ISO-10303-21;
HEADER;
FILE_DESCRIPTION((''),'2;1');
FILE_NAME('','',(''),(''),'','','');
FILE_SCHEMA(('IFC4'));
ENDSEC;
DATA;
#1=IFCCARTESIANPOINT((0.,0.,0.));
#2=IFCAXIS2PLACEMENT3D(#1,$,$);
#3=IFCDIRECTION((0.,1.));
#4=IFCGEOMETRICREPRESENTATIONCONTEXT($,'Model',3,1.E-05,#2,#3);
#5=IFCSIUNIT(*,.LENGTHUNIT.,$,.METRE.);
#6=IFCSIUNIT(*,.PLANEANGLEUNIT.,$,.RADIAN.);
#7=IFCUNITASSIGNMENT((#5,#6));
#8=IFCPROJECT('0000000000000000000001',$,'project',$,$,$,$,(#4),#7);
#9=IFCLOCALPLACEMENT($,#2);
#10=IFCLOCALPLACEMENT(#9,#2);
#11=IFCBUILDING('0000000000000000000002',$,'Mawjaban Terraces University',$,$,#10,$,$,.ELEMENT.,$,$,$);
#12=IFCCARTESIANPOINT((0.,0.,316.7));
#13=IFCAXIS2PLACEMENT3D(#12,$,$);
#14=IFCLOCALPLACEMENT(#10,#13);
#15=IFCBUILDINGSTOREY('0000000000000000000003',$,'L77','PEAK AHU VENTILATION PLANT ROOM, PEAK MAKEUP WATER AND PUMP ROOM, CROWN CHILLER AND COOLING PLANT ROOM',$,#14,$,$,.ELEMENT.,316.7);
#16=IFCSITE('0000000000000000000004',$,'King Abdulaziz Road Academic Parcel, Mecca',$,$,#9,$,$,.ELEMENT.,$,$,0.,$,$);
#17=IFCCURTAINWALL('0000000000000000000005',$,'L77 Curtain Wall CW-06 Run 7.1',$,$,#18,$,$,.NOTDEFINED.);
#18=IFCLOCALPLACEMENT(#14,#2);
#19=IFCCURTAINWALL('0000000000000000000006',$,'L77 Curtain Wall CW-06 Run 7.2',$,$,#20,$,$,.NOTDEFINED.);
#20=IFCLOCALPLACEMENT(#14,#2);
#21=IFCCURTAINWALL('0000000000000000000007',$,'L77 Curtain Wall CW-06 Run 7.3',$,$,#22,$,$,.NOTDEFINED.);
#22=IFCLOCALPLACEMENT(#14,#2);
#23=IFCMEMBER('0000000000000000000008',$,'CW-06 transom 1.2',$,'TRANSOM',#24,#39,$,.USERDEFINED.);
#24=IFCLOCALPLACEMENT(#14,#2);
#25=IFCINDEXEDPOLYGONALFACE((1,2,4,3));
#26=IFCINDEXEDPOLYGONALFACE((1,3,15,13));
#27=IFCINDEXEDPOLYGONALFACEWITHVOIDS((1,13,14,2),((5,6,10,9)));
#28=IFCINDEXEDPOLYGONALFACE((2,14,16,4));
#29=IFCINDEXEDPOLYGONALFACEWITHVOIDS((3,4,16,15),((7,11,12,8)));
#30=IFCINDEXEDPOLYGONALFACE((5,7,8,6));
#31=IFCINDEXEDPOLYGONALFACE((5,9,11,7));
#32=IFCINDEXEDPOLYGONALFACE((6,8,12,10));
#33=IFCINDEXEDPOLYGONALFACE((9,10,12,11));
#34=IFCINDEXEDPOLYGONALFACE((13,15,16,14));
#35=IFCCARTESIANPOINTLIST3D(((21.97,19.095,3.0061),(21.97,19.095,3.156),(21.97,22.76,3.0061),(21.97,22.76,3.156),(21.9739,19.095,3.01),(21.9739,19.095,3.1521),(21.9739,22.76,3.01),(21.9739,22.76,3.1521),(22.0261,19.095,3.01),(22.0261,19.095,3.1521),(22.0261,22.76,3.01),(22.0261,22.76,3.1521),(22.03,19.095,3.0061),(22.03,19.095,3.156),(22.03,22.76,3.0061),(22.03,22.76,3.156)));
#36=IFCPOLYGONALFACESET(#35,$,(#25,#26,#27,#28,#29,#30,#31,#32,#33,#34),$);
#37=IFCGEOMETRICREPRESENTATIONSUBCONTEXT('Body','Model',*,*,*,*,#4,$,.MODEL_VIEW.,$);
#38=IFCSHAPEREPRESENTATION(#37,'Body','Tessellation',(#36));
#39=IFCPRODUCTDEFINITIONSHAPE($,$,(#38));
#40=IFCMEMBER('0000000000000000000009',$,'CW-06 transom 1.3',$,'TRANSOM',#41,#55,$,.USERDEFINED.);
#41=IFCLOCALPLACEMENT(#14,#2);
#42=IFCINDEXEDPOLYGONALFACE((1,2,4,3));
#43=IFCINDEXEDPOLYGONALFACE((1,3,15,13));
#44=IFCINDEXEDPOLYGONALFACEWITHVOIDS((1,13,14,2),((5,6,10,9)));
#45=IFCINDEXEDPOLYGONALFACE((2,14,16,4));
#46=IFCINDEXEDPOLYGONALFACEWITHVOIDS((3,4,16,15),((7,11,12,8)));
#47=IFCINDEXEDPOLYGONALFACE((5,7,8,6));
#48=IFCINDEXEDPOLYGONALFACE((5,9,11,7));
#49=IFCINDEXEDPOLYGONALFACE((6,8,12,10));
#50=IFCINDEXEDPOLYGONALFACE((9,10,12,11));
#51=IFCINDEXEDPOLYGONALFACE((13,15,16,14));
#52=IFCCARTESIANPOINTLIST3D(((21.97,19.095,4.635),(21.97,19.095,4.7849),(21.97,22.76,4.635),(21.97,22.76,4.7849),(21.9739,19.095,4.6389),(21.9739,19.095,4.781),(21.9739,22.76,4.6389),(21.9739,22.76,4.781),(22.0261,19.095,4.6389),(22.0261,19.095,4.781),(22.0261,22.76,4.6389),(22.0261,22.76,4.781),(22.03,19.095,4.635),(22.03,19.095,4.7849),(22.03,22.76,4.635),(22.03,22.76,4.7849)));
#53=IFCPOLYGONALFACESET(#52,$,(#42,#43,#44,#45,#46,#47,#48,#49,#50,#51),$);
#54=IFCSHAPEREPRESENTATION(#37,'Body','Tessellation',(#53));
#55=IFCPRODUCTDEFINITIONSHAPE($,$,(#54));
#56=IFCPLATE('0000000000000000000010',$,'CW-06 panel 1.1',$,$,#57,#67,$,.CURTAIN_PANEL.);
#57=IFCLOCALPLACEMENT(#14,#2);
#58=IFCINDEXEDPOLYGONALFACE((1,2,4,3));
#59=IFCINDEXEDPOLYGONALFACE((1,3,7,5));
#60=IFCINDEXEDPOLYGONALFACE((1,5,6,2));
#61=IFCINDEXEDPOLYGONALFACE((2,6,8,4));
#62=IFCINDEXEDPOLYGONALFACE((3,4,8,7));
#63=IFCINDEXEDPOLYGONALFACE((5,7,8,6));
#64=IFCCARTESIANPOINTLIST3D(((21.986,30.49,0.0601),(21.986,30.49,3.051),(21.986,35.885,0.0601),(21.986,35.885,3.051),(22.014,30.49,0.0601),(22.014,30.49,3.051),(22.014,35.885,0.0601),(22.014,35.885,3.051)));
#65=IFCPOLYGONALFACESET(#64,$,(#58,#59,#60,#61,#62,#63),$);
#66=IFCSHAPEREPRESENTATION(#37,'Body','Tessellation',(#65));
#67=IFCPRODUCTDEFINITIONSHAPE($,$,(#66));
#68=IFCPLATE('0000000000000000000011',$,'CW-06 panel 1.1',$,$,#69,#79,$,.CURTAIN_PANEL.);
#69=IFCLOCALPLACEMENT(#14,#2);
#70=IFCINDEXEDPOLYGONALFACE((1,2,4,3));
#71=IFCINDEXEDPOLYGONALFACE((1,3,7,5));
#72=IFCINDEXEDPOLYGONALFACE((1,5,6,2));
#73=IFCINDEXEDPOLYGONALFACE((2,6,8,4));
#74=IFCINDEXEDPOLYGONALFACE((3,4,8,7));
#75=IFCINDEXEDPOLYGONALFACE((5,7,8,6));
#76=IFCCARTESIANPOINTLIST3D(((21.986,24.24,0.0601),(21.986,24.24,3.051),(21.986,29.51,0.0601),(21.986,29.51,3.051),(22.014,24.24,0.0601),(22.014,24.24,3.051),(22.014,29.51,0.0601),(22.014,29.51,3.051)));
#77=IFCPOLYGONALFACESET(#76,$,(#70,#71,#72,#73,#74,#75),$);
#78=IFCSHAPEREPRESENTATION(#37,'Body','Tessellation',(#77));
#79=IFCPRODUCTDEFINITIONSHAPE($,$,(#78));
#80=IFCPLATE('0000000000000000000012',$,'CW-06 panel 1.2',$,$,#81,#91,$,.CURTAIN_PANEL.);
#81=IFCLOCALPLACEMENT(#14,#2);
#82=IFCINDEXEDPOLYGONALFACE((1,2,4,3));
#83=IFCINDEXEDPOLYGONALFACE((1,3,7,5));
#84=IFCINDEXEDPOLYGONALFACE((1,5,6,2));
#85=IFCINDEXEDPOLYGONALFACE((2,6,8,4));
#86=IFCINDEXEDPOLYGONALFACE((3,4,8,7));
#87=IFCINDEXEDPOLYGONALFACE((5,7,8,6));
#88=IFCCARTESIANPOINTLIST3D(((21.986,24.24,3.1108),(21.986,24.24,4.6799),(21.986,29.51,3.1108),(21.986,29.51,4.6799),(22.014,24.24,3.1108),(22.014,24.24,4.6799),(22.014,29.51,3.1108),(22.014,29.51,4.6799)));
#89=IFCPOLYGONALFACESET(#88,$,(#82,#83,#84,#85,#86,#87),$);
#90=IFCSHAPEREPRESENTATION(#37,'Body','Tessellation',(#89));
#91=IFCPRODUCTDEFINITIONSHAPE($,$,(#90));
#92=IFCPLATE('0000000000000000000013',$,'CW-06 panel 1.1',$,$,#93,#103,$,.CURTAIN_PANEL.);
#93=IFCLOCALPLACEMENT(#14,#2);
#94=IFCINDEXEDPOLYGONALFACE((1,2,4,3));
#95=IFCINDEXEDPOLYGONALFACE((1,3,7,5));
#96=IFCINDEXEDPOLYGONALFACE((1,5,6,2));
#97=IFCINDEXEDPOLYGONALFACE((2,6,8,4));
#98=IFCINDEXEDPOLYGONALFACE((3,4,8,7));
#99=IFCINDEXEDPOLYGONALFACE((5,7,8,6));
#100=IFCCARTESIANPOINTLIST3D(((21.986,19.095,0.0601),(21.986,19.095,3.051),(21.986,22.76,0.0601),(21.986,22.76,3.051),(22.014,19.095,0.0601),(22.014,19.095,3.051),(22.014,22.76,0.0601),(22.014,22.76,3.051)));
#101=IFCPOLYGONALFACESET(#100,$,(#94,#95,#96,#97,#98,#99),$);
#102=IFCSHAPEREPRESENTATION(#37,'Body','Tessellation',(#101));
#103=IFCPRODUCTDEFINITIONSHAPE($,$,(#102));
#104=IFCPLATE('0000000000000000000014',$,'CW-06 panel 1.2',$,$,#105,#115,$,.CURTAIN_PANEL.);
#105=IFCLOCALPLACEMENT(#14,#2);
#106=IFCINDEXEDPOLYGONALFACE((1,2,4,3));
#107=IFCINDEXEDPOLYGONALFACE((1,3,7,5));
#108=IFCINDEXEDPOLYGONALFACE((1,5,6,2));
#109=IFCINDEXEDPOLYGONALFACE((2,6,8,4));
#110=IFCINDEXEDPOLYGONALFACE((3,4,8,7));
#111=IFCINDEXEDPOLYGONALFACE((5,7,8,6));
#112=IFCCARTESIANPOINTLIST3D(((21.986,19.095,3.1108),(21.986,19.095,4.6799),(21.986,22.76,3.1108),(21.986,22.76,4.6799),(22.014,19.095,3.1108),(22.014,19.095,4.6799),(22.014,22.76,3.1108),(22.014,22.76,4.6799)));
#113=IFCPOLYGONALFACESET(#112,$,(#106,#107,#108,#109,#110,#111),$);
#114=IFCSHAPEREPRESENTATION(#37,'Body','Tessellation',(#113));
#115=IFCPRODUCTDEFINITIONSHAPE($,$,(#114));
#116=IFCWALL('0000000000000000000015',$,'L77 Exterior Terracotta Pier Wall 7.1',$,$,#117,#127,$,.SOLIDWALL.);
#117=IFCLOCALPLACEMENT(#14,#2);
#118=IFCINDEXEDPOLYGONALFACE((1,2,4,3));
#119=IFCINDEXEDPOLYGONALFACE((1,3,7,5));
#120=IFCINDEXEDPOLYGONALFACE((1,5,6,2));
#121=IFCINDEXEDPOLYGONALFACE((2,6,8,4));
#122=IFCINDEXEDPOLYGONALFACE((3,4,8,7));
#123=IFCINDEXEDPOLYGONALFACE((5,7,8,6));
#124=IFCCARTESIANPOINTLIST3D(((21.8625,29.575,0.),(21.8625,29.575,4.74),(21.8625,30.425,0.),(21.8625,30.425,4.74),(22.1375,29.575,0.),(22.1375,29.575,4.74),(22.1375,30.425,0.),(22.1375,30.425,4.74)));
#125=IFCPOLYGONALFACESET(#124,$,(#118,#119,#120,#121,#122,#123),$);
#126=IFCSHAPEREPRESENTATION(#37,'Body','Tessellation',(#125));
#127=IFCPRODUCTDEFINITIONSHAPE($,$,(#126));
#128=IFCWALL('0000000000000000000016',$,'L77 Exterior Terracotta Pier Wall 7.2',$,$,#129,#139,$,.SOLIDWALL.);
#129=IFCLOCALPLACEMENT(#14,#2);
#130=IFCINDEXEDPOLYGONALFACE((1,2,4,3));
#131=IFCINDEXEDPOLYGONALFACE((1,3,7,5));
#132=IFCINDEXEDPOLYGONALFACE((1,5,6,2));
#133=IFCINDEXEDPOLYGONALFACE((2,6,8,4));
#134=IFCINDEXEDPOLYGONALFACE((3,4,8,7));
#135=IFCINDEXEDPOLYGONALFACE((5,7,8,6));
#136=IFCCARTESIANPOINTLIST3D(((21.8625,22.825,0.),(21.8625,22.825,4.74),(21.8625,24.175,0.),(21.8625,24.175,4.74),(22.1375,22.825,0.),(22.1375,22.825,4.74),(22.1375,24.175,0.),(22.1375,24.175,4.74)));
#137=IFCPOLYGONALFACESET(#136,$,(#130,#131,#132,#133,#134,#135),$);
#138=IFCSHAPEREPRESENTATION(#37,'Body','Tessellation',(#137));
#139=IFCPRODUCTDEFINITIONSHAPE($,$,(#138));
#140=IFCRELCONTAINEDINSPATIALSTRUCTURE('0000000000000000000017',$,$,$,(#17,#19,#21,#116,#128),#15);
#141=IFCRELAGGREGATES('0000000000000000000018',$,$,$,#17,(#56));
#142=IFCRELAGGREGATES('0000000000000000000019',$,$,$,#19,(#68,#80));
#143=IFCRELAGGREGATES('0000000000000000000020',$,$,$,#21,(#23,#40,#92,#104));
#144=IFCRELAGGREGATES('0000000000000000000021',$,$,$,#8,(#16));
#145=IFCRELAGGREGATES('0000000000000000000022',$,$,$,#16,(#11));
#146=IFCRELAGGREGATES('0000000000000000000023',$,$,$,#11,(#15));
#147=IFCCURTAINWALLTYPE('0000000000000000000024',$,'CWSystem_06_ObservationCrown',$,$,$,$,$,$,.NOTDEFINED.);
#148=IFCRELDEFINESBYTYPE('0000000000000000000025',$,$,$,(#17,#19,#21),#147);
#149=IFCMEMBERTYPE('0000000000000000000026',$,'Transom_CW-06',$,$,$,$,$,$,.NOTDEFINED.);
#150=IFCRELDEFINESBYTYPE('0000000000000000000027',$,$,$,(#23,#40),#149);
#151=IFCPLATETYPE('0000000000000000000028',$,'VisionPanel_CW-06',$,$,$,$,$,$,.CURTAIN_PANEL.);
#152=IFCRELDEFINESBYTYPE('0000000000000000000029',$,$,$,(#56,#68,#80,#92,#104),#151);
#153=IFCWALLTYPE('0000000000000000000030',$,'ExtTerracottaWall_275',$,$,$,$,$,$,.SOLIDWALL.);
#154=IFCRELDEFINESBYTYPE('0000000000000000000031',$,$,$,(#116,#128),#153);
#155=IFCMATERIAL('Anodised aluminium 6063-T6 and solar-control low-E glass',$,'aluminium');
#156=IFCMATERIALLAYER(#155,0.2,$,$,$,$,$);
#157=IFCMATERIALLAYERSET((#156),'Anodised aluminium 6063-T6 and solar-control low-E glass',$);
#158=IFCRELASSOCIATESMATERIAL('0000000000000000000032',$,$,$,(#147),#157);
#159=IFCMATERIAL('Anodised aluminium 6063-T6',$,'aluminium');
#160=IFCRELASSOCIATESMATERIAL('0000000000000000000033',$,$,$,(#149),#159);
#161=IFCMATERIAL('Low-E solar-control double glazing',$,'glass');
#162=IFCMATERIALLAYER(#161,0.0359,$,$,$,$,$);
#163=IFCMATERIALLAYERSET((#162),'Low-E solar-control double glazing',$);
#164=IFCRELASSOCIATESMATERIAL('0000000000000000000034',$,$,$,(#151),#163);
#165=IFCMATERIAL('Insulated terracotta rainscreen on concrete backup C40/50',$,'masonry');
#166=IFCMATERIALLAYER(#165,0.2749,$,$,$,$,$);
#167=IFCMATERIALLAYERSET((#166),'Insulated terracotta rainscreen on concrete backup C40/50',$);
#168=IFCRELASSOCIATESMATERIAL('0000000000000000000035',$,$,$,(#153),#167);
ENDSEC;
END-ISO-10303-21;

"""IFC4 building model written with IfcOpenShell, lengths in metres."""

from ifc_helpers import new_model, si_unit, direction, frame, frame_2d, origin, origin_2d, place, context, subcontext, project, spatial, rectangle, hollow_rectangle, extrude, material, layer, layer_set, material_profile, profile_set, type_object, element, aggregate, save


model = new_model("IFC4")

# Units and contexts
model_context = context("Model", 3, precision=1e-05, world=origin(), true_north=direction((0.0, 1.0)))
body_context = subcontext(model_context, "Body", "Model", "MODEL_VIEW")
ifc_project = project(units=[si_unit("LENGTHUNIT", "METRE"), si_unit("PLANEANGLEUNIT", "RADIAN")], contexts=[model_context])

# Site, building, storey
site_placement = place(None, origin())
site = spatial("IfcSite", under=ifc_project, at=site_placement, Name="King Abdulaziz Road Academic Parcel, Mecca", CompositionType="ELEMENT", RefElevation=0.0)
building_placement = place(site_placement, origin())
building = spatial("IfcBuilding", under=site, at=building_placement, Name="Mawjaban Terraces University", CompositionType="ELEMENT")
storey_placement = place(building_placement, frame((0.0, 0.0, 316.7)))
storey = spatial("IfcBuildingStorey", under=building, at=storey_placement, Name="L77", Description="PEAK AHU VENTILATION PLANT ROOM, PEAK MAKEUP WATER AND PUMP ROOM, CROWN CHILLER AND COOLING PLANT ROOM", CompositionType="ELEMENT", Elevation=316.7)

# Curtain wall
ifc_material_1 = material(Name="Anodised aluminium 6063-T6 and solar-control low-E glass", Category="aluminium")
ifc_layer_1 = layer(ifc_material_1, 0.2)
ifc_layer_set_1 = layer_set([ifc_layer_1], Name="Anodised aluminium 6063-T6 and solar-control low-E glass")
curtain_wall_type = type_object("IfcCurtainWallType", Name="CWSystem_06_ObservationCrown", PredefinedType="NOTDEFINED", material=ifc_layer_set_1)
curtain_wall_1_placement = place(storey_placement, origin())
curtain_wall_1 = element("IfcCurtainWall", 1, at=curtain_wall_1_placement, inside=storey, type_object=curtain_wall_type, Name="L77 Curtain Wall CW-06 Run 7.1", PredefinedType="NOTDEFINED")
ifc_material_2 = material(Name="Anodised aluminium 6063-T6", Category="aluminium")

# Curtain wall
curtain_wall_2_placement = place(storey_placement, origin())
curtain_wall_2 = element("IfcCurtainWall", 2, at=curtain_wall_2_placement, inside=storey, type_object=curtain_wall_type, Name="L77 Curtain Wall CW-06 Run 7.2", PredefinedType="NOTDEFINED")

# Curtain wall
curtain_wall_3_placement = place(storey_placement, origin())
curtain_wall_3 = element("IfcCurtainWall", 3, at=curtain_wall_3_placement, inside=storey, type_object=curtain_wall_type, Name="L77 Curtain Wall CW-06 Run 7.3", PredefinedType="NOTDEFINED")

# Members
ifc_material_profile_1 = material_profile(ifc_material_2, hollow_rectangle(XDim=0.0601, YDim=0.1499, WallThickness=0.0039, at=origin_2d()), Name="ALU150X60X4")
ifc_profile_set_1 = profile_set([ifc_material_profile_1], Name="Anodised aluminium 6063-T6")
member_type_1 = type_object("IfcMemberType", Name="Transom_CW-06", PredefinedType="NOTDEFINED", material=ifc_profile_set_1)
member_1_placement = place(storey_placement, frame((22.0, 22.76, 3.0811), z_axis=(0.0, -1.0, 0.0), x_axis=(1.0, 0.0, 0.0)))
member_1 = element("IfcMember", 4, at=member_1_placement, type_object=member_type_1, Name="CW-06 transom 1.2", ObjectType="TRANSOM", PredefinedType="USERDEFINED", context=body_context, shape_type="SweptSolid", body=[
    extrude(hollow_rectangle(XDim=0.0601, YDim=0.1499, WallThickness=0.0039, at=origin_2d()), origin(), (0.0, 0.0, 1.0), 3.665),
])
member_2_placement = place(storey_placement, frame((22.0, 22.76, 4.71), z_axis=(0.0, -1.0, 0.0), x_axis=(1.0, 0.0, 0.0)))
member_2 = element("IfcMember", 5, at=member_2_placement, type_object=member_type_1, Name="CW-06 transom 1.3", ObjectType="TRANSOM", PredefinedType="USERDEFINED", context=body_context, shape_type="SweptSolid", body=[
    extrude(hollow_rectangle(XDim=0.0601, YDim=0.1499, WallThickness=0.0039, at=origin_2d()), origin(), (0.0, 0.0, 1.0), 3.665),
])

# Plates
ifc_material_3 = material(Name="Low-E solar-control double glazing", Category="glass")
ifc_layer_2 = layer(ifc_material_3, 0.0359)
ifc_layer_set_2 = layer_set([ifc_layer_2], Name="Low-E solar-control double glazing")
plate_type = type_object("IfcPlateType", Name="VisionPanel_CW-06", PredefinedType="CURTAIN_PANEL", material=ifc_layer_set_2)
plate_1_placement = place(storey_placement, frame((22.0, 33.1875, 0.0601), z_axis=(0.0, 0.0, 1.0), x_axis=(0.0, -1.0, 0.0)))
plate_1 = element("IfcPlate", 6, at=plate_1_placement, type_object=plate_type, Name="CW-06 panel 1.1", PredefinedType="CURTAIN_PANEL", context=body_context, shape_type="SweptSolid", body=[
    extrude(rectangle(XDim=5.395, YDim=0.0281, at=origin_2d()), origin(), (0.0, 0.0, 1.0), 2.991),
])
aggregate(curtain_wall_1, [plate_1])
plate_2_placement = place(storey_placement, frame((22.0, 26.875, 0.0601), z_axis=(0.0, 0.0, 1.0), x_axis=(0.0, -1.0, 0.0)))
plate_2 = element("IfcPlate", 7, at=plate_2_placement, type_object=plate_type, Name="CW-06 panel 1.1", PredefinedType="CURTAIN_PANEL", context=body_context, shape_type="SweptSolid", body=[
    extrude(rectangle(XDim=5.27, YDim=0.0281, at=origin_2d()), origin(), (0.0, 0.0, 1.0), 2.991),
])
plate_3_placement = place(storey_placement, frame((22.0, 26.875, 3.1108), z_axis=(0.0, 0.0, 1.0), x_axis=(0.0, -1.0, 0.0)))
plate_3 = element("IfcPlate", 8, at=plate_3_placement, type_object=plate_type, Name="CW-06 panel 1.2", PredefinedType="CURTAIN_PANEL", context=body_context, shape_type="SweptSolid", body=[
    extrude(rectangle(XDim=5.27, YDim=0.0281, at=origin_2d()), origin(), (0.0, 0.0, 1.0), 1.5691),
])
aggregate(curtain_wall_2, [plate_2, plate_3])
plate_4_placement = place(storey_placement, frame((22.0, 20.9275, 0.0601), z_axis=(0.0, 0.0, 1.0), x_axis=(0.0, -1.0, 0.0)))
plate_4 = element("IfcPlate", 9, at=plate_4_placement, type_object=plate_type, Name="CW-06 panel 1.1", PredefinedType="CURTAIN_PANEL", context=body_context, shape_type="SweptSolid", body=[
    extrude(rectangle(XDim=3.665, YDim=0.0281, at=origin_2d()), origin(), (0.0, 0.0, 1.0), 2.991),
])
plate_5_placement = place(storey_placement, frame((22.0, 20.9275, 3.1108), z_axis=(0.0, 0.0, 1.0), x_axis=(0.0, -1.0, 0.0)))
plate_5 = element("IfcPlate", 10, at=plate_5_placement, type_object=plate_type, Name="CW-06 panel 1.2", PredefinedType="CURTAIN_PANEL", context=body_context, shape_type="SweptSolid", body=[
    extrude(rectangle(XDim=3.665, YDim=0.0281, at=origin_2d()), origin(), (0.0, 0.0, 1.0), 1.5691),
])
aggregate(curtain_wall_3, [member_1, member_2, plate_4, plate_5])

# Walls
ifc_material_4 = material(Name="Insulated terracotta rainscreen on concrete backup C40/50", Category="masonry")
ifc_layer_3 = layer(ifc_material_4, 0.2749)
ifc_layer_set_3 = layer_set([ifc_layer_3], Name="Insulated terracotta rainscreen on concrete backup C40/50")
wall_type = type_object("IfcWallType", Name="ExtTerracottaWall_275", PredefinedType="SOLIDWALL", material=ifc_layer_set_3)
wall_1_placement = place(storey_placement, frame((22.0, 30.425, 0.0), z_axis=(0.0, 0.0, 1.0), x_axis=(0.0, -1.0, 0.0)))
element("IfcWall", 11, at=wall_1_placement, inside=storey, type_object=wall_type, Name="L77 Exterior Terracotta Pier Wall 7.1", PredefinedType="SOLIDWALL", context=body_context, shape_type="SweptSolid", body=[
    extrude(rectangle(XDim=0.8501, YDim=0.2749, at=frame_2d((0.425, 0.0))), origin(), (0.0, 0.0, 1.0), 4.74),
])
wall_2_placement = place(storey_placement, frame((22.0, 24.175, 0.0), z_axis=(0.0, 0.0, 1.0), x_axis=(0.0, -1.0, 0.0)))
element("IfcWall", 12, at=wall_2_placement, inside=storey, type_object=wall_type, Name="L77 Exterior Terracotta Pier Wall 7.2", PredefinedType="SOLIDWALL", context=body_context, shape_type="SweptSolid", body=[
    extrude(rectangle(XDim=1.3501, YDim=0.2749, at=frame_2d((0.675, 0.0))), origin(), (0.0, 0.0, 1.0), 4.74),
])

save(model, "model.ifc")
